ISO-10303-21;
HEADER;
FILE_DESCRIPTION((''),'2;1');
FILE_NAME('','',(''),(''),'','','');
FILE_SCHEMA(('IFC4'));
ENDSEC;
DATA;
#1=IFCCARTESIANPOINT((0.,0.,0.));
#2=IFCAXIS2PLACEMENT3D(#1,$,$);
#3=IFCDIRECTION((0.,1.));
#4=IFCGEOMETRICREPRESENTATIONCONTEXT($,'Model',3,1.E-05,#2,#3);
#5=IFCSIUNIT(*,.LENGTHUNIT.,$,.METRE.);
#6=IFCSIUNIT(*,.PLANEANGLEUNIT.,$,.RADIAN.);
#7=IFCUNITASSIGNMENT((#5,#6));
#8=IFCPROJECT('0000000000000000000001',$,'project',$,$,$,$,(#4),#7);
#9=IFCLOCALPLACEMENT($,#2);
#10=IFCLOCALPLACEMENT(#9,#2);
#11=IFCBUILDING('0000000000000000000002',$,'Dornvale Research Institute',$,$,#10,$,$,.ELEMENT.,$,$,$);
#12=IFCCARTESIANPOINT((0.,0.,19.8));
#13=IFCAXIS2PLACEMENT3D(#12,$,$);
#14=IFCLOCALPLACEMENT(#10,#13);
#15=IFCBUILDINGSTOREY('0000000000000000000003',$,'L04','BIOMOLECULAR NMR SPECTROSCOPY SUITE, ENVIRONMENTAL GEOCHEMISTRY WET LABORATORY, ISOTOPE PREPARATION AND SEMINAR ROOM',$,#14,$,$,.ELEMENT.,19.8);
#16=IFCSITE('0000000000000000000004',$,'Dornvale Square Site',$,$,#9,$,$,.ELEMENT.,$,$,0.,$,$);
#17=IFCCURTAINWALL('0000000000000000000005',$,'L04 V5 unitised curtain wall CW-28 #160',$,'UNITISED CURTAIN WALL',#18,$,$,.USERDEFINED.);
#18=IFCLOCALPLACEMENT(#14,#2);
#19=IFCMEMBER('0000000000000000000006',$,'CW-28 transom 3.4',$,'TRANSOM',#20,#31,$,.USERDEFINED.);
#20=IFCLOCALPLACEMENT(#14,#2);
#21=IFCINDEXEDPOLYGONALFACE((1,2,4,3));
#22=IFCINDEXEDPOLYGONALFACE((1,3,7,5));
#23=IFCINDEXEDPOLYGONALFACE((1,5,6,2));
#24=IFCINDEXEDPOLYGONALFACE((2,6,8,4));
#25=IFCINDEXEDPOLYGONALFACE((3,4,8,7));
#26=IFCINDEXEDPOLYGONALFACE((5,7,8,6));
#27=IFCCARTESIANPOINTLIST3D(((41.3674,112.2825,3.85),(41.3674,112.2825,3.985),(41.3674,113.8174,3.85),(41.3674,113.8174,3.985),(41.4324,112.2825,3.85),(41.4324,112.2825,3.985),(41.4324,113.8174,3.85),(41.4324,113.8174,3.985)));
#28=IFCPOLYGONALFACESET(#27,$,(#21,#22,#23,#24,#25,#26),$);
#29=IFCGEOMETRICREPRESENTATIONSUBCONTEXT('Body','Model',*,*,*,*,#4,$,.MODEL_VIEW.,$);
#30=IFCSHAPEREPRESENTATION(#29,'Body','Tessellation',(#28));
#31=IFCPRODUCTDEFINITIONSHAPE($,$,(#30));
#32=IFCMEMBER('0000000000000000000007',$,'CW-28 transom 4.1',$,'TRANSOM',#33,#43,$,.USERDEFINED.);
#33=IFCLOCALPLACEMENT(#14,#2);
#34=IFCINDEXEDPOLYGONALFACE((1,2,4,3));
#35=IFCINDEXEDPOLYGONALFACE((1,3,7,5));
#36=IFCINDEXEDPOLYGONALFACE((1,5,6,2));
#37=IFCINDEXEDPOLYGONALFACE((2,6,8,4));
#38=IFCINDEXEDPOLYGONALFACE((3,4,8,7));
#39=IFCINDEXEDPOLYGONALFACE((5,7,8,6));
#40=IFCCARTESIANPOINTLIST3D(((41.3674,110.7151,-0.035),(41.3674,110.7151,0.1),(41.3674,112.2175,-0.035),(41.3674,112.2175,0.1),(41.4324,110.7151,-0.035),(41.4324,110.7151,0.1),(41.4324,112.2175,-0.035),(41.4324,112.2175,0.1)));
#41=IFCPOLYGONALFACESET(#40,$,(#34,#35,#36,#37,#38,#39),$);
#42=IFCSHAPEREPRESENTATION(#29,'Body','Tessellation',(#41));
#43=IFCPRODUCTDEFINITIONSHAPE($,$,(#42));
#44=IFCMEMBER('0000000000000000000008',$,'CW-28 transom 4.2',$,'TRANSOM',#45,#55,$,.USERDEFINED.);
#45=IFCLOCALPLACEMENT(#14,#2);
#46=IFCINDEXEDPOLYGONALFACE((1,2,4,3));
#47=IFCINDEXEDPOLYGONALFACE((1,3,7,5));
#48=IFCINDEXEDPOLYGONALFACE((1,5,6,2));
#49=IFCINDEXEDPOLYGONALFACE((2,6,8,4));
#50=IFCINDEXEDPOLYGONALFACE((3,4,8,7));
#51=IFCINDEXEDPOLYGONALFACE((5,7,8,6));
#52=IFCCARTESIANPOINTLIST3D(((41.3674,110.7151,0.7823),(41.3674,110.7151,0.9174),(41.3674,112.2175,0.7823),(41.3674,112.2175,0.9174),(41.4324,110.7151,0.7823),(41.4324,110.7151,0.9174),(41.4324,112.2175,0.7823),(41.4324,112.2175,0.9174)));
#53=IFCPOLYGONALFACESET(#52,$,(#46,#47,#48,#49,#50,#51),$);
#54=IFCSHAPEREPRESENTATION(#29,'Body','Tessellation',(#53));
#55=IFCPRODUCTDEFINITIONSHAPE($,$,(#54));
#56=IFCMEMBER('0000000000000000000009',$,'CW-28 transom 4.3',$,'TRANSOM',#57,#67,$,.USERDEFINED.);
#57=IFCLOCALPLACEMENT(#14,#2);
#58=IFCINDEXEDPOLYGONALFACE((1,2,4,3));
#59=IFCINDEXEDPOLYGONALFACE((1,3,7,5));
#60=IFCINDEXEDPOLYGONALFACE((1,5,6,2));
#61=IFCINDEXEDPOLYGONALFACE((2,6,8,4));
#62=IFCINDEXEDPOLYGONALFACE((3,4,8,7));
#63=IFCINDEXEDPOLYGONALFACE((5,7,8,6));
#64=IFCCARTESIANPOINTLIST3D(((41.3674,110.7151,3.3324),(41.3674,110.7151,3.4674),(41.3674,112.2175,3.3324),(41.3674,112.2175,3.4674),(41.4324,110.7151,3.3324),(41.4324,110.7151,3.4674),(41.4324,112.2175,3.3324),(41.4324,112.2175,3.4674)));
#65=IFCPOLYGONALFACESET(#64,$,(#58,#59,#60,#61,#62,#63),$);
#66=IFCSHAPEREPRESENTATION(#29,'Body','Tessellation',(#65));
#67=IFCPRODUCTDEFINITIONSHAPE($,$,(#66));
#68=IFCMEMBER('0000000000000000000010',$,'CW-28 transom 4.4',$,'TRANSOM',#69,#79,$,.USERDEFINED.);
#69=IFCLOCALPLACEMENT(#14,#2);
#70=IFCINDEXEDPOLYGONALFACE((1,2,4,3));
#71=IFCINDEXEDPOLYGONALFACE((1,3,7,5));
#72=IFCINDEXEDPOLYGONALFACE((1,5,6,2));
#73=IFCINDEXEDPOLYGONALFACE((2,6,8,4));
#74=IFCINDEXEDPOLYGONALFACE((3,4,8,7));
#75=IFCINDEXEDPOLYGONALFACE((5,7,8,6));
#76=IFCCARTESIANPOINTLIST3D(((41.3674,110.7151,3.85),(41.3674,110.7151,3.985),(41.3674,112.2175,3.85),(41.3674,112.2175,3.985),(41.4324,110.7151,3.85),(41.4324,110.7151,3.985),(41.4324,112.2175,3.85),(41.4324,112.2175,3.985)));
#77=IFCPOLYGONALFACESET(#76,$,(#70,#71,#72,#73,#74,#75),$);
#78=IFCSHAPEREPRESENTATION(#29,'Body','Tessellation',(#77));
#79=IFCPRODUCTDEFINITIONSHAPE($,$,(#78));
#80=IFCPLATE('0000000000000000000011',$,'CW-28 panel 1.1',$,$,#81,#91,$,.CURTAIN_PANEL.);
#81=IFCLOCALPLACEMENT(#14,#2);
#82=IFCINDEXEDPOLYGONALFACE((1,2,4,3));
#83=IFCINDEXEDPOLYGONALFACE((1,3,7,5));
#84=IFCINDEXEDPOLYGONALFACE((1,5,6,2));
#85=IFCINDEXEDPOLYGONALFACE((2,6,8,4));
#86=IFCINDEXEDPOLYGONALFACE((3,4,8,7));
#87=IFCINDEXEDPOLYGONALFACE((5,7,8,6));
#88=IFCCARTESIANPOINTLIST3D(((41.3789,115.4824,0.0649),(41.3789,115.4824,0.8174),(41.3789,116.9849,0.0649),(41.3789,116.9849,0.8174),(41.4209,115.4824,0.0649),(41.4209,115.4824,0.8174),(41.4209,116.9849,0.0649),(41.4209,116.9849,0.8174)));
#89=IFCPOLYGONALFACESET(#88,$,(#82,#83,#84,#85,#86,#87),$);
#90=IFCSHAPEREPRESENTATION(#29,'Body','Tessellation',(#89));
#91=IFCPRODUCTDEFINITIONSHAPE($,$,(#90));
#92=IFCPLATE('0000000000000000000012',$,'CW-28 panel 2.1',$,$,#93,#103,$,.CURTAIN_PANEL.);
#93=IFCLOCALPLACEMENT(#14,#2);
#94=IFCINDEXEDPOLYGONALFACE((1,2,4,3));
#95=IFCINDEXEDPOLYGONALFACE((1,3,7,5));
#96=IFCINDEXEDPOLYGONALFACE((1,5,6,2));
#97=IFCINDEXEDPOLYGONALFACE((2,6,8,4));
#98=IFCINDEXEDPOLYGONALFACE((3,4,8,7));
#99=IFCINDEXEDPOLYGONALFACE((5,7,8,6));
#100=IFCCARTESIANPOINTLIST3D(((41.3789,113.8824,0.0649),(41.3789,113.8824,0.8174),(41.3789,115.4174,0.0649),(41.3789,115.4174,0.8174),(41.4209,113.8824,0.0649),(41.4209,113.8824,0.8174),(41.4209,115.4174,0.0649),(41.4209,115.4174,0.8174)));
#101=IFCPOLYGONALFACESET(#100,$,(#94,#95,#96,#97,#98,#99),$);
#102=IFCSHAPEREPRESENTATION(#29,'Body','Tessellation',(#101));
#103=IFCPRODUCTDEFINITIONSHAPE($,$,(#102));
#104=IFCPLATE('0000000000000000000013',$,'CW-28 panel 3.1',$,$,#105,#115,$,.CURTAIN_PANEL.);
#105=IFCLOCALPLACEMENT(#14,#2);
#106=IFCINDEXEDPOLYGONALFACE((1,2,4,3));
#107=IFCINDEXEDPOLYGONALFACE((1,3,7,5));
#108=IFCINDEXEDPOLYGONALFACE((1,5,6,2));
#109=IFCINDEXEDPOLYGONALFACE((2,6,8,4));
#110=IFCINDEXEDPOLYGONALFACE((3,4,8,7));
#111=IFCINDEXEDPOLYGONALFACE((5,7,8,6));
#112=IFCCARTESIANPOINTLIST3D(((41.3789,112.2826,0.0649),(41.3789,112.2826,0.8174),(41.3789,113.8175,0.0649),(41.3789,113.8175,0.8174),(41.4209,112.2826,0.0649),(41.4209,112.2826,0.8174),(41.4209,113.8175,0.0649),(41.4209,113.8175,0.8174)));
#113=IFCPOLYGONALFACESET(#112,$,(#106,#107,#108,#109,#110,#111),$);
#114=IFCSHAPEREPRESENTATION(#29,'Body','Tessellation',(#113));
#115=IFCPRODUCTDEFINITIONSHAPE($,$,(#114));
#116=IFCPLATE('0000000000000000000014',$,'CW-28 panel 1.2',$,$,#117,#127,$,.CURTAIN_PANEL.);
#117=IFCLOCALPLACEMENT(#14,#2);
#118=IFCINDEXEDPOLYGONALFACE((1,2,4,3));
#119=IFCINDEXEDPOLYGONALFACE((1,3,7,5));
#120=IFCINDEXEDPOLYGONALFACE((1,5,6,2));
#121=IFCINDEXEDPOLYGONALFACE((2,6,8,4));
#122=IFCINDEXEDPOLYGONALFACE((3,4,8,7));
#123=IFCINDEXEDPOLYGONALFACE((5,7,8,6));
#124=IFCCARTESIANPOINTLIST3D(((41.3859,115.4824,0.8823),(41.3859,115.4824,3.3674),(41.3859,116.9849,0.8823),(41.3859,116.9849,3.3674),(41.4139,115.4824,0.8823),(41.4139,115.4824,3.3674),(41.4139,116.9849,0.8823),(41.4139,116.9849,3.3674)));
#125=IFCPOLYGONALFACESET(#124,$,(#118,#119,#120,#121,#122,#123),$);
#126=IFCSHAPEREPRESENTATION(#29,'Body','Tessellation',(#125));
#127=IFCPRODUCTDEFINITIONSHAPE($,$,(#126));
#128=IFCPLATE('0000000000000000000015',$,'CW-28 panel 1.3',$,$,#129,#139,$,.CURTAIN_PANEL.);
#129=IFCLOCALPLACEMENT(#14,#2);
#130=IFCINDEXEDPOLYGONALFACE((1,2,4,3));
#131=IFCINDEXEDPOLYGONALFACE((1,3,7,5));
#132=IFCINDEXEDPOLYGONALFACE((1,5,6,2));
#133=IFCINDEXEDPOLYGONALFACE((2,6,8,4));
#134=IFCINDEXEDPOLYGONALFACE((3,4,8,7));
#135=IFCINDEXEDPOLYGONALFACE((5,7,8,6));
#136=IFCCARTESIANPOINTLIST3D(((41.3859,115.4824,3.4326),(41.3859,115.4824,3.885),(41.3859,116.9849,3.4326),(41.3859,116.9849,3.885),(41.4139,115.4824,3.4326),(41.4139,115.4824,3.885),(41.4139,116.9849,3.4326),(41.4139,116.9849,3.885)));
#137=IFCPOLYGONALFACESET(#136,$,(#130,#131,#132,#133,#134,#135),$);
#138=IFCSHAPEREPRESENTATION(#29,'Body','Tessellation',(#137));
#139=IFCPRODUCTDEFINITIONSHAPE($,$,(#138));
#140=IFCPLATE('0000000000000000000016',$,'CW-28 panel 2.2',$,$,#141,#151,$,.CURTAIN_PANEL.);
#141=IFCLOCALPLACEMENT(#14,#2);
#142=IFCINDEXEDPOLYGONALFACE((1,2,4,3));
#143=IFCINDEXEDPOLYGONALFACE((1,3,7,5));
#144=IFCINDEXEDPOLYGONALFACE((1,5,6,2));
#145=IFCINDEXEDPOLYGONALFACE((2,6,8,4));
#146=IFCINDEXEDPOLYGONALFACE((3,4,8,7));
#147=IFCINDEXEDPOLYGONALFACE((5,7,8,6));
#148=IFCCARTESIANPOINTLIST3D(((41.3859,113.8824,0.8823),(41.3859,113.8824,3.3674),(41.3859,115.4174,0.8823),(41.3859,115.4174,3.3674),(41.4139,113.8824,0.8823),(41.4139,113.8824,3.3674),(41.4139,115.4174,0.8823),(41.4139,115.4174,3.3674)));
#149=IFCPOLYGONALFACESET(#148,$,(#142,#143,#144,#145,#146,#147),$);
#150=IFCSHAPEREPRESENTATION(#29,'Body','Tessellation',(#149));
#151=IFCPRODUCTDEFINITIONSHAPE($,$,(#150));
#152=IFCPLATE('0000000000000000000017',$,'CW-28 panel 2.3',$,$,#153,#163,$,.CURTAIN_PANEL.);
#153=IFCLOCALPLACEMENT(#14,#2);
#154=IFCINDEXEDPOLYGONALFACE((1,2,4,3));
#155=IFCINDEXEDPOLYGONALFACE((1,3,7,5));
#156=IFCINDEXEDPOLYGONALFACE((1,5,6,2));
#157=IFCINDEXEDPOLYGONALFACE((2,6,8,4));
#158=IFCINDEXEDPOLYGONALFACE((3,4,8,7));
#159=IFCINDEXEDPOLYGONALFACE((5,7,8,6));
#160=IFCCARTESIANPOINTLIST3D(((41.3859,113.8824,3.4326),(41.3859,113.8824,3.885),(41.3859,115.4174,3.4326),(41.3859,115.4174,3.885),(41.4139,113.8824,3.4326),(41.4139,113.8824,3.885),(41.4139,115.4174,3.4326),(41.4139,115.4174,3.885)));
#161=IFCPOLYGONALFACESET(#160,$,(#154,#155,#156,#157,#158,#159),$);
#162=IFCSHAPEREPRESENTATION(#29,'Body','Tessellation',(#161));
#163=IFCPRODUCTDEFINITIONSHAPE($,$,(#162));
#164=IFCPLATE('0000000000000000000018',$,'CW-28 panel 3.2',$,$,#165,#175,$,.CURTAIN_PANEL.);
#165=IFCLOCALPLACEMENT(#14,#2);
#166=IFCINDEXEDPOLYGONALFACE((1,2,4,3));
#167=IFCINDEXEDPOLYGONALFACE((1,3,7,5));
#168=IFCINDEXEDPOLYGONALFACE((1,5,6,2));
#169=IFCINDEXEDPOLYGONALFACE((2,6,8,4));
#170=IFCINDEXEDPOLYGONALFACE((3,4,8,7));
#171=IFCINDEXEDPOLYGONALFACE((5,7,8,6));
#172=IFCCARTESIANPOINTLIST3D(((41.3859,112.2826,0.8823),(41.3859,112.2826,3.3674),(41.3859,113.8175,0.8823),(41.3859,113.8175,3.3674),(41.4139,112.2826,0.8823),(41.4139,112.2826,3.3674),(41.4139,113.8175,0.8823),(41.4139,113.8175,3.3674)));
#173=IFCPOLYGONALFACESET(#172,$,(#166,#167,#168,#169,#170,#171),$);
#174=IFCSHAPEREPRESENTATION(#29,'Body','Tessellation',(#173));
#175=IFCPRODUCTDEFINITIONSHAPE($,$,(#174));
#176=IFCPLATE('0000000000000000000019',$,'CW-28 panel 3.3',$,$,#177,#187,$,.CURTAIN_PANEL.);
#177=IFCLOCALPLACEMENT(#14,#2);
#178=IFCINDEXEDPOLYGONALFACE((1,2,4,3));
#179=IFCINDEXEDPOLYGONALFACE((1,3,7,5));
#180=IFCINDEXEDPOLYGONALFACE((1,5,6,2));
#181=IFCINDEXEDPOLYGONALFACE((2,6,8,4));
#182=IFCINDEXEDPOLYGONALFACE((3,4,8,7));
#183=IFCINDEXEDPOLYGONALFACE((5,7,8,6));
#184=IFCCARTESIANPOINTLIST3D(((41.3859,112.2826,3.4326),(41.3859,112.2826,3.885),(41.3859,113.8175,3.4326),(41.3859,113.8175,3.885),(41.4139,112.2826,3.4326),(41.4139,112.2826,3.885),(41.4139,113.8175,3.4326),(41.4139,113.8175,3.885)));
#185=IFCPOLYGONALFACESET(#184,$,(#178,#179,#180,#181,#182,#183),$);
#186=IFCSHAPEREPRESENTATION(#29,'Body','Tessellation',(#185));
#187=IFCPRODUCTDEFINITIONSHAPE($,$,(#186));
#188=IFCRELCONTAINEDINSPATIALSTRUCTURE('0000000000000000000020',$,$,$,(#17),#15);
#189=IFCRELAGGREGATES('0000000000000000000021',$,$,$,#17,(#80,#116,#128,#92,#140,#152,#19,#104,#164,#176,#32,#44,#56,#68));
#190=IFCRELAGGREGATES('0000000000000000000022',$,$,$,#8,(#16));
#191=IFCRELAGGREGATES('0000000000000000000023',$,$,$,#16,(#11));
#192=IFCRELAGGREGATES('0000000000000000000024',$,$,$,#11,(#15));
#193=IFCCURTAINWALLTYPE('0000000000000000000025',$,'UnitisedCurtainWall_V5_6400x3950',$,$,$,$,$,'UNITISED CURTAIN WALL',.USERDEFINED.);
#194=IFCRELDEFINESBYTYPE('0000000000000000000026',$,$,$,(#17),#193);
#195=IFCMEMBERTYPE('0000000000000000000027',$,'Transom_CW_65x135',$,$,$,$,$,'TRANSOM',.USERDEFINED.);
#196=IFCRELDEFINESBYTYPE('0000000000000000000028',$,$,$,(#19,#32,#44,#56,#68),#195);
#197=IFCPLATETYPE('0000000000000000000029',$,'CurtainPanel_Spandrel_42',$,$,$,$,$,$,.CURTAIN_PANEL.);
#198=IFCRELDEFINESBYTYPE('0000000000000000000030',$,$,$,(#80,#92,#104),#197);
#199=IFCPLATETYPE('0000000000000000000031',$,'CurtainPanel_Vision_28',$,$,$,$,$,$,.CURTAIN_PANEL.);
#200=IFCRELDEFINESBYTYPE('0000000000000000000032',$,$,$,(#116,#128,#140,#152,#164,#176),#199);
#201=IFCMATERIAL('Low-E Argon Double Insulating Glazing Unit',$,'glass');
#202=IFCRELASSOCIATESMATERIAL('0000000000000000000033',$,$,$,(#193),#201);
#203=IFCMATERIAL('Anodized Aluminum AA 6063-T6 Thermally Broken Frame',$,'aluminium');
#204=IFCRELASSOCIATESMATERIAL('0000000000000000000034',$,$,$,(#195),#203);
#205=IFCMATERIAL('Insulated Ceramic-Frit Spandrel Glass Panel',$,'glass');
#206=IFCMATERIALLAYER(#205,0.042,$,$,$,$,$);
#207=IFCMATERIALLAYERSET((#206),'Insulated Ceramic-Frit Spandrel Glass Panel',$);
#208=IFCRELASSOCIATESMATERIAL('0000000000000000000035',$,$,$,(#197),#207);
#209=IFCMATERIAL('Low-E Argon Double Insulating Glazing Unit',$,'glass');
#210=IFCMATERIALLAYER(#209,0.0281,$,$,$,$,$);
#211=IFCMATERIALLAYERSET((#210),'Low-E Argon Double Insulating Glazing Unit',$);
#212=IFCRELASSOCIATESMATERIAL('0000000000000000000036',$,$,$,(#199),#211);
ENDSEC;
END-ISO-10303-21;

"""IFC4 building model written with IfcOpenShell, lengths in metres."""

from ifc_helpers import new_model, si_unit, direction, frame, origin, origin_2d, place, context, subcontext, project, spatial, rectangle, extrude, material, layer, layer_set, material_profile, profile_set, type_object, element, aggregate, save


model = new_model("IFC4")

# Units and contexts
model_context = context("Model", 3, precision=1e-05, world=origin(), true_north=direction((0.0, 1.0)))
body_context = subcontext(model_context, "Body", "Model", "MODEL_VIEW")
ifc_project = project(units=[si_unit("LENGTHUNIT", "METRE"), si_unit("PLANEANGLEUNIT", "RADIAN")], contexts=[model_context])

# Site, building, storey
site_placement = place(None, origin())
site = spatial("IfcSite", under=ifc_project, at=site_placement, Name="Dornvale Square Site", CompositionType="ELEMENT", RefElevation=0.0)
building_placement = place(site_placement, origin())
building = spatial("IfcBuilding", under=site, at=building_placement, Name="Dornvale Research Institute", CompositionType="ELEMENT")
storey_placement = place(building_placement, frame((0.0, 0.0, 19.8)))
storey = spatial("IfcBuildingStorey", under=building, at=storey_placement, Name="L04", Description="BIOMOLECULAR NMR SPECTROSCOPY SUITE, ENVIRONMENTAL GEOCHEMISTRY WET LABORATORY, ISOTOPE PREPARATION AND SEMINAR ROOM", CompositionType="ELEMENT", Elevation=19.8)

# Curtain wall, members, plates
ifc_material_1 = material(Name="Low-E Argon Double Insulating Glazing Unit", Category="glass")
curtain_wall_type = type_object("IfcCurtainWallType", Name="UnitisedCurtainWall_V5_6400x3950", ElementType="UNITISED CURTAIN WALL", PredefinedType="USERDEFINED", material=ifc_material_1)
curtain_wall_placement = place(storey_placement, origin())
curtain_wall = element("IfcCurtainWall", 1, at=curtain_wall_placement, inside=storey, type_object=curtain_wall_type, Name="L04 V5 unitised curtain wall CW-28 #160", ObjectType="UNITISED CURTAIN WALL", PredefinedType="USERDEFINED")
ifc_material_2 = material(Name="Anodized Aluminum AA 6063-T6 Thermally Broken Frame", Category="aluminium")
ifc_material_profile_1 = material_profile(ifc_material_2, rectangle(XDim=0.0649, YDim=0.135, at=origin_2d()), Name="ALU TRANSOM 65x135")
ifc_profile_set_1 = profile_set([ifc_material_profile_1], Name="Anodized Aluminum AA 6063-T6 Thermally Broken Frame")
member_type_1 = type_object("IfcMemberType", Name="Transom_CW_65x135", ElementType="TRANSOM", PredefinedType="USERDEFINED", material=ifc_profile_set_1)
member_1_placement = place(storey_placement, frame((41.3999, 113.8174, 3.9175), z_axis=(0.0, -1.0, 0.0), x_axis=(1.0, 0.0, 0.0)))
member_1 = element("IfcMember", 2, at=member_1_placement, type_object=member_type_1, Name="CW-28 transom 3.4", ObjectType="TRANSOM", PredefinedType="USERDEFINED", context=body_context, shape_type="SweptSolid", body=[
    extrude(rectangle(XDim=0.0649, YDim=0.135, at=origin_2d()), origin(), (0.0, 0.0, 1.0), 1.5349),
])
member_2_placement = place(storey_placement, frame((41.3999, 112.2175, 0.0325), z_axis=(0.0, -1.0, 0.0), x_axis=(1.0, 0.0, 0.0)))
member_2 = element("IfcMember", 3, at=member_2_placement, type_object=member_type_1, Name="CW-28 transom 4.1", ObjectType="TRANSOM", PredefinedType="USERDEFINED", context=body_context, shape_type="SweptSolid", body=[
    extrude(rectangle(XDim=0.0649, YDim=0.135, at=origin_2d()), origin(), (0.0, 0.0, 1.0), 1.5024),
])
member_3_placement = place(storey_placement, frame((41.3999, 112.2175, 0.8499), z_axis=(0.0, -1.0, 0.0), x_axis=(1.0, 0.0, 0.0)))
member_3 = element("IfcMember", 4, at=member_3_placement, type_object=member_type_1, Name="CW-28 transom 4.2", ObjectType="TRANSOM", PredefinedType="USERDEFINED", context=body_context, shape_type="SweptSolid", body=[
    extrude(rectangle(XDim=0.0649, YDim=0.135, at=origin_2d()), origin(), (0.0, 0.0, 1.0), 1.5024),
])
member_4_placement = place(storey_placement, frame((41.3999, 112.2175, 3.3999), z_axis=(0.0, -1.0, 0.0), x_axis=(1.0, 0.0, 0.0)))
member_4 = element("IfcMember", 5, at=member_4_placement, type_object=member_type_1, Name="CW-28 transom 4.3", ObjectType="TRANSOM", PredefinedType="USERDEFINED", context=body_context, shape_type="SweptSolid", body=[
    extrude(rectangle(XDim=0.0649, YDim=0.135, at=origin_2d()), origin(), (0.0, 0.0, 1.0), 1.5024),
])
member_5_placement = place(storey_placement, frame((41.3999, 112.2175, 3.9175), z_axis=(0.0, -1.0, 0.0), x_axis=(1.0, 0.0, 0.0)))
member_5 = element("IfcMember", 6, at=member_5_placement, type_object=member_type_1, Name="CW-28 transom 4.4", ObjectType="TRANSOM", PredefinedType="USERDEFINED", context=body_context, shape_type="SweptSolid", body=[
    extrude(rectangle(XDim=0.0649, YDim=0.135, at=origin_2d()), origin(), (0.0, 0.0, 1.0), 1.5024),
])
ifc_material_3 = material(Name="Insulated Ceramic-Frit Spandrel Glass Panel", Category="glass")
ifc_layer_1 = layer(ifc_material_3, 0.042)
ifc_layer_set_1 = layer_set([ifc_layer_1], Name="Insulated Ceramic-Frit Spandrel Glass Panel")
plate_type_1 = type_object("IfcPlateType", Name="CurtainPanel_Spandrel_42", PredefinedType="CURTAIN_PANEL", material=ifc_layer_set_1)
plate_1_placement = place(storey_placement, frame((41.3999, 116.2336, 0.0649), z_axis=(0.0, 0.0, 1.0), x_axis=(0.0, -1.0, 0.0)))
plate_1 = element("IfcPlate", 7, at=plate_1_placement, type_object=plate_type_1, Name="CW-28 panel 1.1", PredefinedType="CURTAIN_PANEL", context=body_context, shape_type="SweptSolid", body=[
    extrude(rectangle(XDim=1.5024, YDim=0.042, at=origin_2d()), origin(), (0.0, 0.0, 1.0), 0.7524),
])
plate_2_placement = place(storey_placement, frame((41.3999, 114.6499, 0.0649), z_axis=(0.0, 0.0, 1.0), x_axis=(0.0, -1.0, 0.0)))
plate_2 = element("IfcPlate", 8, at=plate_2_placement, type_object=plate_type_1, Name="CW-28 panel 2.1", PredefinedType="CURTAIN_PANEL", context=body_context, shape_type="SweptSolid", body=[
    extrude(rectangle(XDim=1.5349, YDim=0.042, at=origin_2d()), origin(), (0.0, 0.0, 1.0), 0.7524),
])
plate_3_placement = place(storey_placement, frame((41.3999, 113.05, 0.0649), z_axis=(0.0, 0.0, 1.0), x_axis=(0.0, -1.0, 0.0)))
plate_3 = element("IfcPlate", 9, at=plate_3_placement, type_object=plate_type_1, Name="CW-28 panel 3.1", PredefinedType="CURTAIN_PANEL", context=body_context, shape_type="SweptSolid", body=[
    extrude(rectangle(XDim=1.5349, YDim=0.042, at=origin_2d()), origin(), (0.0, 0.0, 1.0), 0.7524),
])
ifc_material_4 = material(Name="Low-E Argon Double Insulating Glazing Unit", Category="glass")
ifc_layer_2 = layer(ifc_material_4, 0.0281)
ifc_layer_set_2 = layer_set([ifc_layer_2], Name="Low-E Argon Double Insulating Glazing Unit")
plate_type_2 = type_object("IfcPlateType", Name="CurtainPanel_Vision_28", PredefinedType="CURTAIN_PANEL", material=ifc_layer_set_2)
plate_4_placement = place(storey_placement, frame((41.3999, 116.2336, 0.8823), z_axis=(0.0, 0.0, 1.0), x_axis=(0.0, -1.0, 0.0)))
plate_4 = element("IfcPlate", 10, at=plate_4_placement, type_object=plate_type_2, Name="CW-28 panel 1.2", PredefinedType="CURTAIN_PANEL", context=body_context, shape_type="SweptSolid", body=[
    extrude(rectangle(XDim=1.5024, YDim=0.0281, at=origin_2d()), origin(), (0.0, 0.0, 1.0), 2.4851),
])
plate_5_placement = place(storey_placement, frame((41.3999, 116.2336, 3.4326), z_axis=(0.0, 0.0, 1.0), x_axis=(0.0, -1.0, 0.0)))
plate_5 = element("IfcPlate", 11, at=plate_5_placement, type_object=plate_type_2, Name="CW-28 panel 1.3", PredefinedType="CURTAIN_PANEL", context=body_context, shape_type="SweptSolid", body=[
    extrude(rectangle(XDim=1.5024, YDim=0.0281, at=origin_2d()), origin(), (0.0, 0.0, 1.0), 0.4524),
])
plate_6_placement = place(storey_placement, frame((41.3999, 114.6499, 0.8823), z_axis=(0.0, 0.0, 1.0), x_axis=(0.0, -1.0, 0.0)))
plate_6 = element("IfcPlate", 12, at=plate_6_placement, type_object=plate_type_2, Name="CW-28 panel 2.2", PredefinedType="CURTAIN_PANEL", context=body_context, shape_type="SweptSolid", body=[
    extrude(rectangle(XDim=1.5349, YDim=0.0281, at=origin_2d()), origin(), (0.0, 0.0, 1.0), 2.4851),
])
plate_7_placement = place(storey_placement, frame((41.3999, 114.6499, 3.4326), z_axis=(0.0, 0.0, 1.0), x_axis=(0.0, -1.0, 0.0)))
plate_7 = element("IfcPlate", 13, at=plate_7_placement, type_object=plate_type_2, Name="CW-28 panel 2.3", PredefinedType="CURTAIN_PANEL", context=body_context, shape_type="SweptSolid", body=[
    extrude(rectangle(XDim=1.5349, YDim=0.0281, at=origin_2d()), origin(), (0.0, 0.0, 1.0), 0.4524),
])
plate_8_placement = place(storey_placement, frame((41.3999, 113.05, 0.8823), z_axis=(0.0, 0.0, 1.0), x_axis=(0.0, -1.0, 0.0)))
plate_8 = element("IfcPlate", 14, at=plate_8_placement, type_object=plate_type_2, Name="CW-28 panel 3.2", PredefinedType="CURTAIN_PANEL", context=body_context, shape_type="SweptSolid", body=[
    extrude(rectangle(XDim=1.5349, YDim=0.0281, at=origin_2d()), origin(), (0.0, 0.0, 1.0), 2.4851),
])
plate_9_placement = place(storey_placement, frame((41.3999, 113.05, 3.4326), z_axis=(0.0, 0.0, 1.0), x_axis=(0.0, -1.0, 0.0)))
plate_9 = element("IfcPlate", 15, at=plate_9_placement, type_object=plate_type_2, Name="CW-28 panel 3.3", PredefinedType="CURTAIN_PANEL", context=body_context, shape_type="SweptSolid", body=[
    extrude(rectangle(XDim=1.5349, YDim=0.0281, at=origin_2d()), origin(), (0.0, 0.0, 1.0), 0.4524),
])
aggregate(curtain_wall, [plate_1, plate_4, plate_5, plate_2, plate_6, plate_7, member_1, plate_3, plate_8, plate_9, member_2, member_3, member_4, member_5])

save(model, "model.ifc")
